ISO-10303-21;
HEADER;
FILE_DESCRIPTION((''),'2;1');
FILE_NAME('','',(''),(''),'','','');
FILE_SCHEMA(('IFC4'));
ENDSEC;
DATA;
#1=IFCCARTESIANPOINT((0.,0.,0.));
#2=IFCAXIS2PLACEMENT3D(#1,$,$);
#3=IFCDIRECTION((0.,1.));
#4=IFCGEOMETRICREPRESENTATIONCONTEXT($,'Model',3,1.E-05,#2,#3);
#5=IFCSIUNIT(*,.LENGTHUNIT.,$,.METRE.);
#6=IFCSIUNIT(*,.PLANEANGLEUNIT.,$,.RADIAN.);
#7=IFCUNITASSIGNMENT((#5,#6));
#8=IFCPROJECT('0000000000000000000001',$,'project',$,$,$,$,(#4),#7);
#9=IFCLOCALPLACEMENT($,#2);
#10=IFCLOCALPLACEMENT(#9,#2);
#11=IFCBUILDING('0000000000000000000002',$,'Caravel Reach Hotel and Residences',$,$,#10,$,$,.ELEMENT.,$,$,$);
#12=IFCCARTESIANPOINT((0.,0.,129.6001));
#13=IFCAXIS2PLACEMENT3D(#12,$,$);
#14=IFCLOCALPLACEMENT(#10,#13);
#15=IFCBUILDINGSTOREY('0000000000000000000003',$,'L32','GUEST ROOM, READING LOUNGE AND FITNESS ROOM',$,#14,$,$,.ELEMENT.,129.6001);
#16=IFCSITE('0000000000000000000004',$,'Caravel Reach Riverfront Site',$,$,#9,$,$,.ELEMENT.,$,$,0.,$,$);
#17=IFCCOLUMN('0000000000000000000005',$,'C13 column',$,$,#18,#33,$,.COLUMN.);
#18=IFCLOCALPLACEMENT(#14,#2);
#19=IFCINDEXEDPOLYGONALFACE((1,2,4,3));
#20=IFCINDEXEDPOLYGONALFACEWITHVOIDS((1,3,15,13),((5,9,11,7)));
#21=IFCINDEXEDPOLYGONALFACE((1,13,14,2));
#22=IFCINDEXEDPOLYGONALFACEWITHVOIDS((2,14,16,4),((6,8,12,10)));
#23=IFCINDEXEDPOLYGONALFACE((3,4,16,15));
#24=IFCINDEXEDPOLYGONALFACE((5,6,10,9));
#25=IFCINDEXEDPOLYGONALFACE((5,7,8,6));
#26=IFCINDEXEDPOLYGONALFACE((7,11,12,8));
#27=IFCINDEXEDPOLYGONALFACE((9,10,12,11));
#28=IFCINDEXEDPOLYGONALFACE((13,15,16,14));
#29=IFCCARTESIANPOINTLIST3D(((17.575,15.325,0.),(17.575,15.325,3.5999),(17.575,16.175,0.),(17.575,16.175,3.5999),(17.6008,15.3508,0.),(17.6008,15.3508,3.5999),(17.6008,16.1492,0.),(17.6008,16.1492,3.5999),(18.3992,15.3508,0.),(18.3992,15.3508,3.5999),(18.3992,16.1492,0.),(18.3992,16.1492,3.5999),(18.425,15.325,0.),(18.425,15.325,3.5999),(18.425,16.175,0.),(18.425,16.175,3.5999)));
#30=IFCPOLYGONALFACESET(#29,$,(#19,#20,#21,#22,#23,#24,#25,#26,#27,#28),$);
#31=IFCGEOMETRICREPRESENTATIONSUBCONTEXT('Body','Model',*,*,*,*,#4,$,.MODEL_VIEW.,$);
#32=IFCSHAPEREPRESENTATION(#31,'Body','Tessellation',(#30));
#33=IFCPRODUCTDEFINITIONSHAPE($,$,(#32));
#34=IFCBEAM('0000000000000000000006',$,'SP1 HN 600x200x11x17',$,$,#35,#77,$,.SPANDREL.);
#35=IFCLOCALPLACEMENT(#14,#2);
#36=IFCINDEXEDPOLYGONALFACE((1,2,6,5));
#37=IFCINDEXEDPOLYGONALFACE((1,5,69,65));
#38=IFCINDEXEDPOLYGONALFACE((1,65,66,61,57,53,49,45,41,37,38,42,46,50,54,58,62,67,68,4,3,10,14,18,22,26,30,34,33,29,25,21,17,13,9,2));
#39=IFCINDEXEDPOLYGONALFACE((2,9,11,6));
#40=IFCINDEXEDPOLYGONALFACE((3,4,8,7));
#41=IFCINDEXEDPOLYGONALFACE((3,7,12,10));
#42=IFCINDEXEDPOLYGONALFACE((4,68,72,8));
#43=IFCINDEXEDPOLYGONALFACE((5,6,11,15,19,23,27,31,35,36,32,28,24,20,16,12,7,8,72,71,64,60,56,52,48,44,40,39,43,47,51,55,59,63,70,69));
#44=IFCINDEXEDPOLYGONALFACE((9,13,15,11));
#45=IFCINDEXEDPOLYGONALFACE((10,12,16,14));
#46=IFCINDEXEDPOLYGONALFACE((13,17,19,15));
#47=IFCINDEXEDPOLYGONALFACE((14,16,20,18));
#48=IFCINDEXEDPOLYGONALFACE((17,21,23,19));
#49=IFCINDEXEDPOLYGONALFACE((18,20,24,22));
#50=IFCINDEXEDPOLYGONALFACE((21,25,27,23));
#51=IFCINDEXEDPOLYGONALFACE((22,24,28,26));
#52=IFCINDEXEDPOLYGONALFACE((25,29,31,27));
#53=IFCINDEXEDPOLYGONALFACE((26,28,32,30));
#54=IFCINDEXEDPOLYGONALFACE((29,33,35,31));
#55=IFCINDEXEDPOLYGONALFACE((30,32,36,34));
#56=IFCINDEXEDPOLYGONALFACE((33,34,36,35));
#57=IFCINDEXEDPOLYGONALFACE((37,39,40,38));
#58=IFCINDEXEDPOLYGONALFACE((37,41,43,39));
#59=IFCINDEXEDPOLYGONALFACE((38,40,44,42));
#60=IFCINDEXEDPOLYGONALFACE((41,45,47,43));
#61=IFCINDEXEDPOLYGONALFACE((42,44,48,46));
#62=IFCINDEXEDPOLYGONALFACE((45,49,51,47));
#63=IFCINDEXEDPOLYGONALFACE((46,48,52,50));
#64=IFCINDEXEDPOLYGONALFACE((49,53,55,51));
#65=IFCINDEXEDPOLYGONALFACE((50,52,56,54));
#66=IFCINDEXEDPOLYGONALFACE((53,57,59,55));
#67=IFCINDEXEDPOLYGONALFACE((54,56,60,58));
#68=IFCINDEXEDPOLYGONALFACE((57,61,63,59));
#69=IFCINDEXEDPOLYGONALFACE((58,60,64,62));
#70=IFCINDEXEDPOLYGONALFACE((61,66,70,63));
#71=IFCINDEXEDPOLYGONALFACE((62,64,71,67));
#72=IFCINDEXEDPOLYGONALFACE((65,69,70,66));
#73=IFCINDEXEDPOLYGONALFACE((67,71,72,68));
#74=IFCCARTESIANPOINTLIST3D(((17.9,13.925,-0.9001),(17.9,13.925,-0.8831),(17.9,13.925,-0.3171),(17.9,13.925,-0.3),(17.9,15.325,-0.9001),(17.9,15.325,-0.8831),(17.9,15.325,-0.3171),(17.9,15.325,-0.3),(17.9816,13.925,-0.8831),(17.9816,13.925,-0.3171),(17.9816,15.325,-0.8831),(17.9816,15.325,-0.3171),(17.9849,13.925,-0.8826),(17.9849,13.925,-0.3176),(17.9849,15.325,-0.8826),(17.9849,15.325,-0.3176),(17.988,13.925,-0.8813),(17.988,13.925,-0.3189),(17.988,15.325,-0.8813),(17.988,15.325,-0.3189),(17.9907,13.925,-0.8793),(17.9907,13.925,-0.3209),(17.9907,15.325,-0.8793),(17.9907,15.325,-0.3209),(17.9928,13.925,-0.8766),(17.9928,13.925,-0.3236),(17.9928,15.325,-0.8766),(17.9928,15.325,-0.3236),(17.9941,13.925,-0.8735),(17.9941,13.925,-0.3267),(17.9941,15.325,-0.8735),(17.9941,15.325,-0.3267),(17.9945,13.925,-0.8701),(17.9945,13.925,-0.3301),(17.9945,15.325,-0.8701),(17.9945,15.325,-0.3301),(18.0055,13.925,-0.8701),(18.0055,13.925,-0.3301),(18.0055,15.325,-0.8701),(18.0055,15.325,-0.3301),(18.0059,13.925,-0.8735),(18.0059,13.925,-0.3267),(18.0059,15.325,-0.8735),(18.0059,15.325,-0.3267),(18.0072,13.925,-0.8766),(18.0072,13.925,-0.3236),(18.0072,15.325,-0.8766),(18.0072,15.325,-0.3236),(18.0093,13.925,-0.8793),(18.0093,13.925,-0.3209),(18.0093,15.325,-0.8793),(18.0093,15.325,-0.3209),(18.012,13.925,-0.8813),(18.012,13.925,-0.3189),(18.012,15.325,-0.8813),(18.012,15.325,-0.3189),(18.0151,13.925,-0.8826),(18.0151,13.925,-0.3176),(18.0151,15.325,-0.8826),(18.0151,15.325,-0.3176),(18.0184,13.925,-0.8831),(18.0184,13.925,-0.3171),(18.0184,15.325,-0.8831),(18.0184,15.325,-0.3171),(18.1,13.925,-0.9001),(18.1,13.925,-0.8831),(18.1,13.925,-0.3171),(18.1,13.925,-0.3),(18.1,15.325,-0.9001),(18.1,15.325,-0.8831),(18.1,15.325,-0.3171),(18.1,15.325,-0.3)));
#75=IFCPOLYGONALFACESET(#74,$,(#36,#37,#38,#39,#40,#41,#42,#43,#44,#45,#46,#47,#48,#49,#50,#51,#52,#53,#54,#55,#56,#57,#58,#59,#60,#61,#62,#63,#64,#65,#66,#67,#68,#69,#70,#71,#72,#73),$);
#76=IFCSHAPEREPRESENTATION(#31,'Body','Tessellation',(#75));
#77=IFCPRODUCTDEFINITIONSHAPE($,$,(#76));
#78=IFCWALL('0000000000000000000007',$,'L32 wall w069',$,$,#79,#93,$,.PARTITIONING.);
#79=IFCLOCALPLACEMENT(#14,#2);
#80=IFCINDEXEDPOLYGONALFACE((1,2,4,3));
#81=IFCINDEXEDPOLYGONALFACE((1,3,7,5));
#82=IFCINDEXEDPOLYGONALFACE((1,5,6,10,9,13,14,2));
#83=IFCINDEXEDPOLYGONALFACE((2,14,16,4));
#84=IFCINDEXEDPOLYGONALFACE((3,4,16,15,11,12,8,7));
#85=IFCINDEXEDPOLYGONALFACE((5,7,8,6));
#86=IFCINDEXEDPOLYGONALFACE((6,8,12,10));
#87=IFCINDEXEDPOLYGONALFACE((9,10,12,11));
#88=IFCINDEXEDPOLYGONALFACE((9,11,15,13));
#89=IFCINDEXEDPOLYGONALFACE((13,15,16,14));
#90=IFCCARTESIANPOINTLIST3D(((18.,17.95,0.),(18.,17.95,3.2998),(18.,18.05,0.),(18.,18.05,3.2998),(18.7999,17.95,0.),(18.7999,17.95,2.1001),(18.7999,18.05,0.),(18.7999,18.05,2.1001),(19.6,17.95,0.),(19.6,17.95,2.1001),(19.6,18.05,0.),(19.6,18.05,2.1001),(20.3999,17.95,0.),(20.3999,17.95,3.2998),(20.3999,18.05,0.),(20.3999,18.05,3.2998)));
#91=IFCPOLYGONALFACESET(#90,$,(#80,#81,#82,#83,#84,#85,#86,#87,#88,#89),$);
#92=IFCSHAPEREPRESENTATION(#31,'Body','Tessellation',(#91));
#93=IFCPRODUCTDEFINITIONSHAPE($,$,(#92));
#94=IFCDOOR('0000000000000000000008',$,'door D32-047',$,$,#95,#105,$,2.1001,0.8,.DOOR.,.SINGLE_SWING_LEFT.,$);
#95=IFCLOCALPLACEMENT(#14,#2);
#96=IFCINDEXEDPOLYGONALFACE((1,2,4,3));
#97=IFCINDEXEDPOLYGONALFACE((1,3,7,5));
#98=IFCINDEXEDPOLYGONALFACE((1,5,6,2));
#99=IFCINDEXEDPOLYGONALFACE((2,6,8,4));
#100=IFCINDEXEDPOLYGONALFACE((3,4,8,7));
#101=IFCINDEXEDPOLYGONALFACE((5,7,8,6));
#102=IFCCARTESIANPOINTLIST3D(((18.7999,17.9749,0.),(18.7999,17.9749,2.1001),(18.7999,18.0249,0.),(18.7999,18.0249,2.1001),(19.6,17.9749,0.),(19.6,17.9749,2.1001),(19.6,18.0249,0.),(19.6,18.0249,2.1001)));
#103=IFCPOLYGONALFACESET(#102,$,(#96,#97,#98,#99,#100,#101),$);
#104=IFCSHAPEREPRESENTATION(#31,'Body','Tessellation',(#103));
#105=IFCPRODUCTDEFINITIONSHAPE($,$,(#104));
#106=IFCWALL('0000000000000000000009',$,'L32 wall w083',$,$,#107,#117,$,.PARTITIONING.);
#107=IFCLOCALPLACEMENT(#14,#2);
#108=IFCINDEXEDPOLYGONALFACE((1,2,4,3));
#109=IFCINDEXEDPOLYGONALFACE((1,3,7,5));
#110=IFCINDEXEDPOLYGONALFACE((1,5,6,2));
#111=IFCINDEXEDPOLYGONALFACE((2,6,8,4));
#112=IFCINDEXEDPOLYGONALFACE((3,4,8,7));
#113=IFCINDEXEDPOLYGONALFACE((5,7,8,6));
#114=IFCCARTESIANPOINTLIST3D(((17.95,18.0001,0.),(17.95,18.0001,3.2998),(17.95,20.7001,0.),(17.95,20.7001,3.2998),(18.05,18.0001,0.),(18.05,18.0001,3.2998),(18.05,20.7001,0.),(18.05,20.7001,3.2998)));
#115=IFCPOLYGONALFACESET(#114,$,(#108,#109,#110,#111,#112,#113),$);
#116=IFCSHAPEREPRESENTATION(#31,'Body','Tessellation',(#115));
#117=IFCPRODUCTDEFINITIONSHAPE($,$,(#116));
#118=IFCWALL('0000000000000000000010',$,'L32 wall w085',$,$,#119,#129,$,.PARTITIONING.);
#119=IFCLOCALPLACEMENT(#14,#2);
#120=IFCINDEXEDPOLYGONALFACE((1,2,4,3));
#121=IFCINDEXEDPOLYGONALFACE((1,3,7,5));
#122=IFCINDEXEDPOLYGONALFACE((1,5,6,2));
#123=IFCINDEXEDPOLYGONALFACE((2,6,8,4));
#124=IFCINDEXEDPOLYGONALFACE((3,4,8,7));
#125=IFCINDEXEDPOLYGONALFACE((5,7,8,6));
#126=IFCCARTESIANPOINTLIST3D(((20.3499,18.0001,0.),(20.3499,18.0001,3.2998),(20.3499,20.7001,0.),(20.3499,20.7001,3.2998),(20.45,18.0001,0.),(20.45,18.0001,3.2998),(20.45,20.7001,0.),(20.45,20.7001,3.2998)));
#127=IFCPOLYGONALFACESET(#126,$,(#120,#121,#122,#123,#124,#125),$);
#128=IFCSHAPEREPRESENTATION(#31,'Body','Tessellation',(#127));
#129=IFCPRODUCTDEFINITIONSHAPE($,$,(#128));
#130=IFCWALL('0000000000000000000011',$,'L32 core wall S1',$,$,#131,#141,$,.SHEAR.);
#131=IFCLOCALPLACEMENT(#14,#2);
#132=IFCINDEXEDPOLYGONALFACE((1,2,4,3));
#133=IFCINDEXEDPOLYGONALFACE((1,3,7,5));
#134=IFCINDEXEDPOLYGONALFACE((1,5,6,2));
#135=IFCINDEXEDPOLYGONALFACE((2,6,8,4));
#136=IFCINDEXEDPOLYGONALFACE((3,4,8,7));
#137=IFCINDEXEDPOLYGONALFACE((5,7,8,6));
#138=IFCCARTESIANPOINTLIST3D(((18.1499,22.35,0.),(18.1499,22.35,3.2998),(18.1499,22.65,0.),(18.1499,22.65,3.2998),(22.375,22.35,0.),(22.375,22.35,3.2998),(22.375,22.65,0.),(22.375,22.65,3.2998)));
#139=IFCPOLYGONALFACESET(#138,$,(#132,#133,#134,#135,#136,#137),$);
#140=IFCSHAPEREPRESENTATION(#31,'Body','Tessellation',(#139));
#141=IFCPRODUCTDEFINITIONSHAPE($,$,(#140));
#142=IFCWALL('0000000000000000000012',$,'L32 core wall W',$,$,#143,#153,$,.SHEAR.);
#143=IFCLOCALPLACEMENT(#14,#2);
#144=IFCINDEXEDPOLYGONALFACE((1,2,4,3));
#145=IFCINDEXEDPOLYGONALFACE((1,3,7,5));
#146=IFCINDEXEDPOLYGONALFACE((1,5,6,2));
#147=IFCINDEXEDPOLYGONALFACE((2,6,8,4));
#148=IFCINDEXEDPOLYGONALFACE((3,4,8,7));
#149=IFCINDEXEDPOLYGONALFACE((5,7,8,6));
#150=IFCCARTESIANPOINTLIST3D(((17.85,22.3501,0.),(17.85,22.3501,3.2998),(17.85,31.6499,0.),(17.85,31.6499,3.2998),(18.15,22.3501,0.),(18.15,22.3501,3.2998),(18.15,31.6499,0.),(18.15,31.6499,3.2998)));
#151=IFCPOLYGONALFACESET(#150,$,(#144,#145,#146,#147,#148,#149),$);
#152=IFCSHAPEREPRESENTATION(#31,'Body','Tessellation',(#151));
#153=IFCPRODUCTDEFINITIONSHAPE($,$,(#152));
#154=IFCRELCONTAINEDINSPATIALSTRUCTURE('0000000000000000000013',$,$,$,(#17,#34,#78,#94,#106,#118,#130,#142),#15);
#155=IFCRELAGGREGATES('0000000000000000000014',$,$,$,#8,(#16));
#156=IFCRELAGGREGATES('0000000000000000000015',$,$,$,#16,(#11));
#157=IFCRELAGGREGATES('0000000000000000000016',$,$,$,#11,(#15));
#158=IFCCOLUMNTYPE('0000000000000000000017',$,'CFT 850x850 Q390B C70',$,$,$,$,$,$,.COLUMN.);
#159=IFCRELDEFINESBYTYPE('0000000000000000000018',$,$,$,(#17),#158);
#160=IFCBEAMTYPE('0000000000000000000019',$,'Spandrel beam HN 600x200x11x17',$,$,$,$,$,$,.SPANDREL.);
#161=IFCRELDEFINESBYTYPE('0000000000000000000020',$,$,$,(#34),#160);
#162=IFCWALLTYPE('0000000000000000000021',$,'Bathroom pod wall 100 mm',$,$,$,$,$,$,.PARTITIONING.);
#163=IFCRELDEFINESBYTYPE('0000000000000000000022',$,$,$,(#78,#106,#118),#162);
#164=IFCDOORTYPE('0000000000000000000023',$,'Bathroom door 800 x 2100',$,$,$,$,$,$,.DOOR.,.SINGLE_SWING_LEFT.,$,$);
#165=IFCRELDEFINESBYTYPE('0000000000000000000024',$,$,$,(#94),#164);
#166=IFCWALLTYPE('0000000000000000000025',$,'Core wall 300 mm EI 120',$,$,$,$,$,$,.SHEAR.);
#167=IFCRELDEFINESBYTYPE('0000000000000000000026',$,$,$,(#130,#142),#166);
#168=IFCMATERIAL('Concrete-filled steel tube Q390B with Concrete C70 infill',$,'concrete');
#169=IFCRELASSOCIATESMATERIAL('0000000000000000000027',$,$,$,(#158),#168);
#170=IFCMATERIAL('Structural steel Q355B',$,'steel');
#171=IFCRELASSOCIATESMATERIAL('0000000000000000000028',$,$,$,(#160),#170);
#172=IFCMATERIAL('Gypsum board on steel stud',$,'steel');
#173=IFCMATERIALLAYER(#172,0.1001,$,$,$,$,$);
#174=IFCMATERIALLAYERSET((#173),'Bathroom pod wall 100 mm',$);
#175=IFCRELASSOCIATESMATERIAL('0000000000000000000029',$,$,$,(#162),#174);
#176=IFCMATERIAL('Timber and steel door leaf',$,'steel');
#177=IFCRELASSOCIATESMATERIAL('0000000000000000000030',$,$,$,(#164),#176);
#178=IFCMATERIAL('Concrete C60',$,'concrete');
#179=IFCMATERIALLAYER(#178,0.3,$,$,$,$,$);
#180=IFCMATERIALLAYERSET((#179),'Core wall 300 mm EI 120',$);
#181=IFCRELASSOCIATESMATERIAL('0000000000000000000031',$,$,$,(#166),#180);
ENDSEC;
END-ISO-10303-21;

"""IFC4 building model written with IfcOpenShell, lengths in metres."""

from ifc_helpers import new_model, si_unit, direction, frame, frame_2d, origin, origin_2d, place, context, subcontext, project, spatial, rectangle, hollow_rectangle, i_section, extrude, material, layer, layer_set, material_profile, profile_set, type_object, element, fill, save


model = new_model("IFC4")

# Units and contexts
model_context = context("Model", 3, precision=1e-05, world=origin(), true_north=direction((0.0, 1.0)))
body_context = subcontext(model_context, "Body", "Model", "MODEL_VIEW")
ifc_project = project(units=[si_unit("LENGTHUNIT", "METRE"), si_unit("PLANEANGLEUNIT", "RADIAN")], contexts=[model_context])

# Site, building, storey
site_placement = place(None, origin())
site = spatial("IfcSite", under=ifc_project, at=site_placement, Name="Caravel Reach Riverfront Site", CompositionType="ELEMENT", RefElevation=0.0)
building_placement = place(site_placement, origin())
building = spatial("IfcBuilding", under=site, at=building_placement, Name="Caravel Reach Hotel and Residences", CompositionType="ELEMENT")
storey_placement = place(building_placement, frame((0.0, 0.0, 129.6001)))
storey = spatial("IfcBuildingStorey", under=building, at=storey_placement, Name="L32", Description="GUEST ROOM, READING LOUNGE AND FITNESS ROOM", CompositionType="ELEMENT", Elevation=129.6001)

# Column
ifc_material_1 = material(Name="Concrete-filled steel tube Q390B with Concrete C70 infill", Category="concrete")
ifc_material_profile_1 = material_profile(ifc_material_1, hollow_rectangle(XDim=0.8501, YDim=0.8501, WallThickness=0.0259, at=origin_2d()), Name="RHS 850x850x26")
ifc_profile_set_1 = profile_set([ifc_material_profile_1], Name="Concrete-filled steel tube Q390B with Concrete C70 infill")
column_type = type_object("IfcColumnType", Name="CFT 850x850 Q390B C70", PredefinedType="COLUMN", material=ifc_profile_set_1)
column_placement = place(storey_placement, frame((18.0, 15.75, 0.0), z_axis=(0.0, 0.0, 1.0), x_axis=(1.0, 0.0, 0.0)))
element("IfcColumn", 1, at=column_placement, inside=storey, type_object=column_type, Name="C13 column", PredefinedType="COLUMN", context=body_context, shape_type="SweptSolid", body=[
    extrude(hollow_rectangle(XDim=0.8501, YDim=0.8501, WallThickness=0.0259, at=origin_2d()), origin(), (0.0, 0.0, 1.0), 3.5999),
])

# Beam
ifc_material_2 = material(Name="Structural steel Q355B", Category="steel")
ifc_material_profile_2 = material_profile(ifc_material_2, i_section(OverallWidth=0.2, OverallDepth=0.6001, WebThickness=0.011, FlangeThickness=0.0171, FilletRadius=0.0129, at=origin_2d()), Name="HN 600x200x11x17")
ifc_profile_set_2 = profile_set([ifc_material_profile_2], Name="Structural steel Q355B")
beam_type = type_object("IfcBeamType", Name="Spandrel beam HN 600x200x11x17", PredefinedType="SPANDREL", material=ifc_profile_set_2)
beam_placement = place(storey_placement, frame((18.0, 15.325, -0.6001), z_axis=(0.0, -1.0, 0.0), x_axis=(1.0, 0.0, 0.0)))
element("IfcBeam", 2, at=beam_placement, inside=storey, type_object=beam_type, Name="SP1 HN 600x200x11x17", PredefinedType="SPANDREL", context=body_context, shape_type="SweptSolid", body=[
    extrude(i_section(OverallWidth=0.2, OverallDepth=0.6001, WebThickness=0.011, FlangeThickness=0.0171, FilletRadius=0.0129, at=origin_2d()), origin(), (0.0, 0.0, 1.0), 1.3999),
])

# Wall, opening, door
ifc_material_3 = material(Name="Gypsum board on steel stud", Category="steel")
ifc_layer_1 = layer(ifc_material_3, 0.1001)
ifc_layer_set_1 = layer_set([ifc_layer_1], Name="Bathroom pod wall 100 mm")
wall_type_1 = type_object("IfcWallType", Name="Bathroom pod wall 100 mm", PredefinedType="PARTITIONING", material=ifc_layer_set_1)
wall_1_placement = place(storey_placement, frame((18.0, 18.0, 0.0), z_axis=(0.0, 0.0, 1.0), x_axis=(1.0, 0.0, 0.0)))
wall_1 = element("IfcWall", 3, at=wall_1_placement, inside=storey, type_object=wall_type_1, Name="L32 wall w069", PredefinedType="PARTITIONING", context=body_context, shape_type="SweptSolid", body=[
    extrude(rectangle(XDim=2.3999, YDim=0.1001, at=frame_2d((1.2, 0.0))), origin(), (0.0, 0.0, 1.0), 3.2998),
])
opening_1_placement = place(wall_1_placement, frame((0.8, 0.0, 0.0)))
opening_1 = element("IfcOpeningElement", 4, at=opening_1_placement, cuts=wall_1, PredefinedType="OPENING", context=body_context, shape_type="SweptSolid", body=[
    extrude(rectangle(XDim=0.8, YDim=2.1001, at=frame_2d((0.3999, 1.05))), frame((0.0, 0.0601, 0.0), z_axis=(0.0, -1.0, 0.0), x_axis=(1.0, 0.0, 0.0)), (0.0, 0.0, 1.0), 0.1201),
])
ifc_material_4 = material(Name="Timber and steel door leaf", Category="steel")
door_type_1 = type_object("IfcDoorType", Name="Bathroom door 800 x 2100", OperationType="SINGLE_SWING_LEFT", PredefinedType="DOOR", material=ifc_material_4)
door_1_placement = place(opening_1_placement, origin())
door_1 = element("IfcDoor", 5, at=door_1_placement, inside=storey, type_object=door_type_1, Name="door D32-047", OperationType="SINGLE_SWING_LEFT", OverallHeight=2.1001, OverallWidth=0.8, PredefinedType="DOOR", context=body_context, shape_type="SweptSolid", body=[
    extrude(rectangle(XDim=0.8, YDim=2.1001, at=frame_2d((0.3999, 1.05))), frame((0.0, 0.0249, 0.0), z_axis=(0.0, -1.0, 0.0), x_axis=(1.0, 0.0, 0.0)), (0.0, 0.0, 1.0), 0.05),
])
fill(opening_1, door_1)

# Walls
for number, where, z_axis, x_axis, name in (
    (6, (18.0, 18.0, 0.0), (0.0, 0.0, 1.0), (0.0, 1.0, 0.0), "L32 wall w083"),
    (7, (20.3999, 18.0, 0.0), (0.0, 0.0, 1.0), (0.0, 1.0, 0.0), "L32 wall w085"),
):
    element("IfcWall", number, at=place(storey_placement, frame(where, z_axis=z_axis, x_axis=x_axis)), inside=storey, type_object=wall_type_1, Name=name, PredefinedType="PARTITIONING", context=body_context, shape_type="SweptSolid", body=[
        extrude(rectangle(XDim=2.7, YDim=0.1001, at=frame_2d((1.3501, 0.0))), origin(), (0.0, 0.0, 1.0), 3.2998),
    ])
ifc_material_5 = material(Name="Concrete C60", Category="concrete")
ifc_layer_2 = layer(ifc_material_5, 0.3)
ifc_layer_set_2 = layer_set([ifc_layer_2], Name="Core wall 300 mm EI 120")
wall_type_2 = type_object("IfcWallType", Name="Core wall 300 mm EI 120", PredefinedType="SHEAR", material=ifc_layer_set_2)
wall_2_placement = place(storey_placement, frame((18.1499, 22.5, 0.0), z_axis=(0.0, 0.0, 1.0), x_axis=(1.0, 0.0, 0.0)))
element("IfcWall", 8, at=wall_2_placement, inside=storey, type_object=wall_type_2, Name="L32 core wall S1", PredefinedType="SHEAR", context=body_context, shape_type="SweptSolid", body=[
    extrude(rectangle(XDim=4.2251, YDim=0.3, at=frame_2d((2.1125, 0.0))), origin(), (0.0, 0.0, 1.0), 3.2998),
])
wall_3_placement = place(storey_placement, frame((18.0, 22.3501, 0.0), z_axis=(0.0, 0.0, 1.0), x_axis=(0.0, 1.0, 0.0)))
element("IfcWall", 9, at=wall_3_placement, inside=storey, type_object=wall_type_2, Name="L32 core wall W", PredefinedType="SHEAR", context=body_context, shape_type="SweptSolid", body=[
    extrude(rectangle(XDim=9.2998, YDim=0.3, at=frame_2d((4.6499, 0.0))), origin(), (0.0, 0.0, 1.0), 3.2998),
])

save(model, "model.ifc")
